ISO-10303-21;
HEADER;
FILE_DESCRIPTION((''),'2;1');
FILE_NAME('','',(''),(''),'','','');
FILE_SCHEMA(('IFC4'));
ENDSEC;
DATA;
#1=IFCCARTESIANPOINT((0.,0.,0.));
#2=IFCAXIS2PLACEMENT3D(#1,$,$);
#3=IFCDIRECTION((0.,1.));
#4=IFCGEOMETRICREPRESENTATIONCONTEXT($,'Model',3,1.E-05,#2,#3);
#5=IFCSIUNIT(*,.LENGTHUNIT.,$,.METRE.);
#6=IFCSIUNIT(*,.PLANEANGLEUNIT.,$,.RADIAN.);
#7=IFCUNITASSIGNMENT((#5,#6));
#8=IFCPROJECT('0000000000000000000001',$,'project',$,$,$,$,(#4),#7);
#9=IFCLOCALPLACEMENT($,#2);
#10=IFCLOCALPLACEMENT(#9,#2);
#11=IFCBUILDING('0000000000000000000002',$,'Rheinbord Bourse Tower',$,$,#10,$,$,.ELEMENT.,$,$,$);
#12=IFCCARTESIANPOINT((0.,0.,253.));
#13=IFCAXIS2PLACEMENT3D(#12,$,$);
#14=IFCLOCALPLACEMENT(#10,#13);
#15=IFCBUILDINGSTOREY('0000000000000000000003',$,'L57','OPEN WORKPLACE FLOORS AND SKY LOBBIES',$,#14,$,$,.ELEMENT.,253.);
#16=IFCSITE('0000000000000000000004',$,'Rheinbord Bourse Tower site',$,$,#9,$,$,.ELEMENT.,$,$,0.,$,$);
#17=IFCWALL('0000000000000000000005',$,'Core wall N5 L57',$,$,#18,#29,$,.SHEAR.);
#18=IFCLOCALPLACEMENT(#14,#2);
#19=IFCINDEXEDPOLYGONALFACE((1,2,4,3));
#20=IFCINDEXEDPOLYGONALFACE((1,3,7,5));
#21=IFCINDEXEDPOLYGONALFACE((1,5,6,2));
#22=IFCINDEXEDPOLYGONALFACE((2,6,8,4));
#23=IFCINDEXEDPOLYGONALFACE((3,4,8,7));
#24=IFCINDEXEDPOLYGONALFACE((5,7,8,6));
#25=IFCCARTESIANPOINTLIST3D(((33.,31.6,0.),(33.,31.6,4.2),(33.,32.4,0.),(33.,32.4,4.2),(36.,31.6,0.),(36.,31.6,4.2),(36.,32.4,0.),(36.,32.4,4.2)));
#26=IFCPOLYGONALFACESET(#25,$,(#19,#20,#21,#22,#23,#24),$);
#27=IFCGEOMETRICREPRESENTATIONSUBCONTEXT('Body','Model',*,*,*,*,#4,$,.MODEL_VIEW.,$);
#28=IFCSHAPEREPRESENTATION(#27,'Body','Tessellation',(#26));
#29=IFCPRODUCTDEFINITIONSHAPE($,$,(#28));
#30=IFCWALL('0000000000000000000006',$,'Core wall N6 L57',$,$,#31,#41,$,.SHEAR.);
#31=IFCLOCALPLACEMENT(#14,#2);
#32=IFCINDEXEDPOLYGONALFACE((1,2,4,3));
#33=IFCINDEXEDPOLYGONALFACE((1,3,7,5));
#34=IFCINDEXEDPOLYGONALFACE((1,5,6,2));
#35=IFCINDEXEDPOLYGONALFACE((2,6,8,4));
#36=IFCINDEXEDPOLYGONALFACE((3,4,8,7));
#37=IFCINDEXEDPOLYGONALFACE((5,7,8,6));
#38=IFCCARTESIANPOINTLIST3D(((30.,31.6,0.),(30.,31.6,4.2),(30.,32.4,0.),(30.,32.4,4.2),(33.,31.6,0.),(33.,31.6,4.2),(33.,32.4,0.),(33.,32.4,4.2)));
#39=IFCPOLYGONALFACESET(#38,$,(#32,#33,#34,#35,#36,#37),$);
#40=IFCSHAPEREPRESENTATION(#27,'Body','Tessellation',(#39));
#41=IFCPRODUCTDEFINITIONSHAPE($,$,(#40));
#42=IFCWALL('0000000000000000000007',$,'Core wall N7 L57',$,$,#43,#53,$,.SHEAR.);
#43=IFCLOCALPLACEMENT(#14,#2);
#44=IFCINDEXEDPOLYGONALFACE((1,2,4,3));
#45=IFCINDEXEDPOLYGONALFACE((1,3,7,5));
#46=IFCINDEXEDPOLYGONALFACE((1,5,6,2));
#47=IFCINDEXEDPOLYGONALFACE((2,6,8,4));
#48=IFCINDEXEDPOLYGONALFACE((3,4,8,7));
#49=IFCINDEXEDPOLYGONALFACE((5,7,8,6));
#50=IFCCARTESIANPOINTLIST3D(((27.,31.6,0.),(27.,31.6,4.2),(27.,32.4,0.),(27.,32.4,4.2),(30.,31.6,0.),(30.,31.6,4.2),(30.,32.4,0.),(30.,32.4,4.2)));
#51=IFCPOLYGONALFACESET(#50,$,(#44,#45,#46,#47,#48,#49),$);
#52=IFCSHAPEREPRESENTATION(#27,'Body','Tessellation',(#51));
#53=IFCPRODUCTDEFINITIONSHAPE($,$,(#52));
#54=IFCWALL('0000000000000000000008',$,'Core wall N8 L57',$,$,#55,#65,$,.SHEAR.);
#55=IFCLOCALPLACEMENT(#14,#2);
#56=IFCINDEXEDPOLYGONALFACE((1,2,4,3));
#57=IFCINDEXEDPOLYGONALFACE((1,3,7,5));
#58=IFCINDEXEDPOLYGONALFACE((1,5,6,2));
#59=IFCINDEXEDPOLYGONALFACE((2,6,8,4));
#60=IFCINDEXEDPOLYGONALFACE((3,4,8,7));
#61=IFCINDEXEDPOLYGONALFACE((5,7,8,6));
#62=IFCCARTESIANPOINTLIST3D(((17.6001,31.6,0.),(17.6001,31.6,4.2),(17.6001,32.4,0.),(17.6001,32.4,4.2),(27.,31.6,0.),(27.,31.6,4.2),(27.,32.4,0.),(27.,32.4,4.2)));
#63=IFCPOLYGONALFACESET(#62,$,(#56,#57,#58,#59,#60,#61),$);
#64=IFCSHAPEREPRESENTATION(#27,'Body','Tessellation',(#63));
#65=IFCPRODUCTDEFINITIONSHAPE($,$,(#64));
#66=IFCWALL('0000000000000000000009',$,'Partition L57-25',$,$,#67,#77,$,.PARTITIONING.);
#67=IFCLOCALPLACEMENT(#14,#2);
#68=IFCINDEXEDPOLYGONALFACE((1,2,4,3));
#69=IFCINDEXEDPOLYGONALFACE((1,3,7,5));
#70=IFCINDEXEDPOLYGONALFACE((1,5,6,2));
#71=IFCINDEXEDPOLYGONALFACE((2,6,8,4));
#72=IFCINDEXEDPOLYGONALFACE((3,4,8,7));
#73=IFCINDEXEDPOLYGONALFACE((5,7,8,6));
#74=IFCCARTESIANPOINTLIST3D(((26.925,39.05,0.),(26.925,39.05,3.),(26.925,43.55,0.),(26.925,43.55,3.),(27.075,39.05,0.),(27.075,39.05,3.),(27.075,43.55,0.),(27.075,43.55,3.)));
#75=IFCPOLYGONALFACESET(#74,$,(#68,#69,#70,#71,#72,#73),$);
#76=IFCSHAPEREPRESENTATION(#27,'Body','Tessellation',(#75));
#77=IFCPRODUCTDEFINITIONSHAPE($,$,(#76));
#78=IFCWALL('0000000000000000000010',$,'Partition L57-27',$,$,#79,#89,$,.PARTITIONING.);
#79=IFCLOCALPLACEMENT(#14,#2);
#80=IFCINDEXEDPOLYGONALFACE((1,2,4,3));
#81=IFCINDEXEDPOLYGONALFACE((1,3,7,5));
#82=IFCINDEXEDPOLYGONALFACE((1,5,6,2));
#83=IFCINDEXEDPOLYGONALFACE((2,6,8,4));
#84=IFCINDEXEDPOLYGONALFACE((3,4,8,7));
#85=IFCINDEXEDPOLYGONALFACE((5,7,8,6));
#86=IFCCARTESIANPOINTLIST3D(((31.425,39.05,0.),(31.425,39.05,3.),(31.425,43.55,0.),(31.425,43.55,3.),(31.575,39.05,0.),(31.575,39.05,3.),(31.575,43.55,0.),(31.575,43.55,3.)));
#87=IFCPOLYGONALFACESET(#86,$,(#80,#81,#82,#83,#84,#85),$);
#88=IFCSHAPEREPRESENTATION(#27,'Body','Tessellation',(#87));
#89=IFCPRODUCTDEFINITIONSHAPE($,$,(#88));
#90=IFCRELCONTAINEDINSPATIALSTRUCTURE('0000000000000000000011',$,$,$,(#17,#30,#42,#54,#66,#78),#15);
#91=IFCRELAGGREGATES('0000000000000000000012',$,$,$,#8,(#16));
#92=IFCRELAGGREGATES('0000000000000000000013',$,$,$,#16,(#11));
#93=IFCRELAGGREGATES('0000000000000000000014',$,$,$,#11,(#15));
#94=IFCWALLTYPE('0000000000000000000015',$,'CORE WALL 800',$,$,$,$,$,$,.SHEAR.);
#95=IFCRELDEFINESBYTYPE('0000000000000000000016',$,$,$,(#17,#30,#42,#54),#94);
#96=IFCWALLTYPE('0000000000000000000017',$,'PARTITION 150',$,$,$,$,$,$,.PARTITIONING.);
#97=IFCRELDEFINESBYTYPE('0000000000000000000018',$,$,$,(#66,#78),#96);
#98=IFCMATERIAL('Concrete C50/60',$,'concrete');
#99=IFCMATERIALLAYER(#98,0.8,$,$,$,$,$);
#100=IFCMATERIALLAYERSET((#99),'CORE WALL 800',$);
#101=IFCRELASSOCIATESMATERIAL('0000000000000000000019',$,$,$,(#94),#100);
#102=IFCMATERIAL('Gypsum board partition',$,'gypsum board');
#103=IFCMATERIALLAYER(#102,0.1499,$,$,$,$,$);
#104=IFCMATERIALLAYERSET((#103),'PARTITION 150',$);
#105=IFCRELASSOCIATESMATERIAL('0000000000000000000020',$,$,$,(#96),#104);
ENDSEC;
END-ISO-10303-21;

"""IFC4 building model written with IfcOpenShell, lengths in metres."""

from ifc_helpers import new_model, si_unit, direction, frame, frame_2d, origin, place, context, subcontext, project, spatial, rectangle, extrude, material, layer, layer_set, type_object, element, save


model = new_model("IFC4")

# Units and contexts
model_context = context("Model", 3, precision=1e-05, world=origin(), true_north=direction((0.0, 1.0)))
body_context = subcontext(model_context, "Body", "Model", "MODEL_VIEW")
ifc_project = project(units=[si_unit("LENGTHUNIT", "METRE"), si_unit("PLANEANGLEUNIT", "RADIAN")], contexts=[model_context])

# Site, building, storey
site_placement = place(None, origin())
site = spatial("IfcSite", under=ifc_project, at=site_placement, Name="Rheinbord Bourse Tower site", CompositionType="ELEMENT", RefElevation=0.0)
building_placement = place(site_placement, origin())
building = spatial("IfcBuilding", under=site, at=building_placement, Name="Rheinbord Bourse Tower", CompositionType="ELEMENT")
storey_placement = place(building_placement, frame((0.0, 0.0, 253.0)))
storey = spatial("IfcBuildingStorey", under=building, at=storey_placement, Name="L57", Description="OPEN WORKPLACE FLOORS AND SKY LOBBIES", CompositionType="ELEMENT", Elevation=253.0)

# Walls
ifc_material_1 = material(Name="Concrete C50/60", Category="concrete")
ifc_layer_1 = layer(ifc_material_1, 0.8)
ifc_layer_set_1 = layer_set([ifc_layer_1], Name="CORE WALL 800")
wall_type_1 = type_object("IfcWallType", Name="CORE WALL 800", PredefinedType="SHEAR", material=ifc_layer_set_1)
for number, where, z_axis, x_axis, name in (
    (1, (36.0, 32.0, 0.0), (0.0, 0.0, 1.0), (-1.0, 0.0, 0.0), "Core wall N5 L57"),
    (2, (33.0, 32.0, 0.0), (0.0, 0.0, 1.0), (-1.0, 0.0, 0.0), "Core wall N6 L57"),
    (3, (30.0, 32.0, 0.0), (0.0, 0.0, 1.0), (-1.0, 0.0, 0.0), "Core wall N7 L57"),
):
    element("IfcWall", number, at=place(storey_placement, frame(where, z_axis=z_axis, x_axis=x_axis)), inside=storey, type_object=wall_type_1, Name=name, PredefinedType="SHEAR", context=body_context, shape_type="SweptSolid", body=[
        extrude(rectangle(XDim=3.0, YDim=0.8, at=frame_2d((1.5, 0.0))), origin(), (0.0, 0.0, 1.0), 4.2),
    ])
wall_1_placement = place(storey_placement, frame((27.0, 32.0, 0.0), z_axis=(0.0, 0.0, 1.0), x_axis=(-1.0, 0.0, 0.0)))
element("IfcWall", 4, at=wall_1_placement, inside=storey, type_object=wall_type_1, Name="Core wall N8 L57", PredefinedType="SHEAR", context=body_context, shape_type="SweptSolid", body=[
    extrude(rectangle(XDim=9.3999, YDim=0.8, at=frame_2d((4.7, 0.0))), origin(), (0.0, 0.0, 1.0), 4.2),
])
ifc_material_2 = material(Name="Gypsum board partition", Category="gypsum board")
ifc_layer_2 = layer(ifc_material_2, 0.1499)
ifc_layer_set_2 = layer_set([ifc_layer_2], Name="PARTITION 150")
wall_type_2 = type_object("IfcWallType", Name="PARTITION 150", PredefinedType="PARTITIONING", material=ifc_layer_set_2)
for number, where, z_axis, x_axis, name in (
    (5, (27.0, 39.05, 0.0), (0.0, 0.0, 1.0), (0.0, 1.0, 0.0), "Partition L57-25"),
    (6, (31.5, 39.05, 0.0), (0.0, 0.0, 1.0), (0.0, 1.0, 0.0), "Partition L57-27"),
):
    element("IfcWall", number, at=place(storey_placement, frame(where, z_axis=z_axis, x_axis=x_axis)), inside=storey, type_object=wall_type_2, Name=name, PredefinedType="PARTITIONING", context=body_context, shape_type="SweptSolid", body=[
        extrude(rectangle(XDim=4.5, YDim=0.1499, at=frame_2d((2.25, 0.0))), origin(), (0.0, 0.0, 1.0), 3.0),
    ])

save(model, "model.ifc")
